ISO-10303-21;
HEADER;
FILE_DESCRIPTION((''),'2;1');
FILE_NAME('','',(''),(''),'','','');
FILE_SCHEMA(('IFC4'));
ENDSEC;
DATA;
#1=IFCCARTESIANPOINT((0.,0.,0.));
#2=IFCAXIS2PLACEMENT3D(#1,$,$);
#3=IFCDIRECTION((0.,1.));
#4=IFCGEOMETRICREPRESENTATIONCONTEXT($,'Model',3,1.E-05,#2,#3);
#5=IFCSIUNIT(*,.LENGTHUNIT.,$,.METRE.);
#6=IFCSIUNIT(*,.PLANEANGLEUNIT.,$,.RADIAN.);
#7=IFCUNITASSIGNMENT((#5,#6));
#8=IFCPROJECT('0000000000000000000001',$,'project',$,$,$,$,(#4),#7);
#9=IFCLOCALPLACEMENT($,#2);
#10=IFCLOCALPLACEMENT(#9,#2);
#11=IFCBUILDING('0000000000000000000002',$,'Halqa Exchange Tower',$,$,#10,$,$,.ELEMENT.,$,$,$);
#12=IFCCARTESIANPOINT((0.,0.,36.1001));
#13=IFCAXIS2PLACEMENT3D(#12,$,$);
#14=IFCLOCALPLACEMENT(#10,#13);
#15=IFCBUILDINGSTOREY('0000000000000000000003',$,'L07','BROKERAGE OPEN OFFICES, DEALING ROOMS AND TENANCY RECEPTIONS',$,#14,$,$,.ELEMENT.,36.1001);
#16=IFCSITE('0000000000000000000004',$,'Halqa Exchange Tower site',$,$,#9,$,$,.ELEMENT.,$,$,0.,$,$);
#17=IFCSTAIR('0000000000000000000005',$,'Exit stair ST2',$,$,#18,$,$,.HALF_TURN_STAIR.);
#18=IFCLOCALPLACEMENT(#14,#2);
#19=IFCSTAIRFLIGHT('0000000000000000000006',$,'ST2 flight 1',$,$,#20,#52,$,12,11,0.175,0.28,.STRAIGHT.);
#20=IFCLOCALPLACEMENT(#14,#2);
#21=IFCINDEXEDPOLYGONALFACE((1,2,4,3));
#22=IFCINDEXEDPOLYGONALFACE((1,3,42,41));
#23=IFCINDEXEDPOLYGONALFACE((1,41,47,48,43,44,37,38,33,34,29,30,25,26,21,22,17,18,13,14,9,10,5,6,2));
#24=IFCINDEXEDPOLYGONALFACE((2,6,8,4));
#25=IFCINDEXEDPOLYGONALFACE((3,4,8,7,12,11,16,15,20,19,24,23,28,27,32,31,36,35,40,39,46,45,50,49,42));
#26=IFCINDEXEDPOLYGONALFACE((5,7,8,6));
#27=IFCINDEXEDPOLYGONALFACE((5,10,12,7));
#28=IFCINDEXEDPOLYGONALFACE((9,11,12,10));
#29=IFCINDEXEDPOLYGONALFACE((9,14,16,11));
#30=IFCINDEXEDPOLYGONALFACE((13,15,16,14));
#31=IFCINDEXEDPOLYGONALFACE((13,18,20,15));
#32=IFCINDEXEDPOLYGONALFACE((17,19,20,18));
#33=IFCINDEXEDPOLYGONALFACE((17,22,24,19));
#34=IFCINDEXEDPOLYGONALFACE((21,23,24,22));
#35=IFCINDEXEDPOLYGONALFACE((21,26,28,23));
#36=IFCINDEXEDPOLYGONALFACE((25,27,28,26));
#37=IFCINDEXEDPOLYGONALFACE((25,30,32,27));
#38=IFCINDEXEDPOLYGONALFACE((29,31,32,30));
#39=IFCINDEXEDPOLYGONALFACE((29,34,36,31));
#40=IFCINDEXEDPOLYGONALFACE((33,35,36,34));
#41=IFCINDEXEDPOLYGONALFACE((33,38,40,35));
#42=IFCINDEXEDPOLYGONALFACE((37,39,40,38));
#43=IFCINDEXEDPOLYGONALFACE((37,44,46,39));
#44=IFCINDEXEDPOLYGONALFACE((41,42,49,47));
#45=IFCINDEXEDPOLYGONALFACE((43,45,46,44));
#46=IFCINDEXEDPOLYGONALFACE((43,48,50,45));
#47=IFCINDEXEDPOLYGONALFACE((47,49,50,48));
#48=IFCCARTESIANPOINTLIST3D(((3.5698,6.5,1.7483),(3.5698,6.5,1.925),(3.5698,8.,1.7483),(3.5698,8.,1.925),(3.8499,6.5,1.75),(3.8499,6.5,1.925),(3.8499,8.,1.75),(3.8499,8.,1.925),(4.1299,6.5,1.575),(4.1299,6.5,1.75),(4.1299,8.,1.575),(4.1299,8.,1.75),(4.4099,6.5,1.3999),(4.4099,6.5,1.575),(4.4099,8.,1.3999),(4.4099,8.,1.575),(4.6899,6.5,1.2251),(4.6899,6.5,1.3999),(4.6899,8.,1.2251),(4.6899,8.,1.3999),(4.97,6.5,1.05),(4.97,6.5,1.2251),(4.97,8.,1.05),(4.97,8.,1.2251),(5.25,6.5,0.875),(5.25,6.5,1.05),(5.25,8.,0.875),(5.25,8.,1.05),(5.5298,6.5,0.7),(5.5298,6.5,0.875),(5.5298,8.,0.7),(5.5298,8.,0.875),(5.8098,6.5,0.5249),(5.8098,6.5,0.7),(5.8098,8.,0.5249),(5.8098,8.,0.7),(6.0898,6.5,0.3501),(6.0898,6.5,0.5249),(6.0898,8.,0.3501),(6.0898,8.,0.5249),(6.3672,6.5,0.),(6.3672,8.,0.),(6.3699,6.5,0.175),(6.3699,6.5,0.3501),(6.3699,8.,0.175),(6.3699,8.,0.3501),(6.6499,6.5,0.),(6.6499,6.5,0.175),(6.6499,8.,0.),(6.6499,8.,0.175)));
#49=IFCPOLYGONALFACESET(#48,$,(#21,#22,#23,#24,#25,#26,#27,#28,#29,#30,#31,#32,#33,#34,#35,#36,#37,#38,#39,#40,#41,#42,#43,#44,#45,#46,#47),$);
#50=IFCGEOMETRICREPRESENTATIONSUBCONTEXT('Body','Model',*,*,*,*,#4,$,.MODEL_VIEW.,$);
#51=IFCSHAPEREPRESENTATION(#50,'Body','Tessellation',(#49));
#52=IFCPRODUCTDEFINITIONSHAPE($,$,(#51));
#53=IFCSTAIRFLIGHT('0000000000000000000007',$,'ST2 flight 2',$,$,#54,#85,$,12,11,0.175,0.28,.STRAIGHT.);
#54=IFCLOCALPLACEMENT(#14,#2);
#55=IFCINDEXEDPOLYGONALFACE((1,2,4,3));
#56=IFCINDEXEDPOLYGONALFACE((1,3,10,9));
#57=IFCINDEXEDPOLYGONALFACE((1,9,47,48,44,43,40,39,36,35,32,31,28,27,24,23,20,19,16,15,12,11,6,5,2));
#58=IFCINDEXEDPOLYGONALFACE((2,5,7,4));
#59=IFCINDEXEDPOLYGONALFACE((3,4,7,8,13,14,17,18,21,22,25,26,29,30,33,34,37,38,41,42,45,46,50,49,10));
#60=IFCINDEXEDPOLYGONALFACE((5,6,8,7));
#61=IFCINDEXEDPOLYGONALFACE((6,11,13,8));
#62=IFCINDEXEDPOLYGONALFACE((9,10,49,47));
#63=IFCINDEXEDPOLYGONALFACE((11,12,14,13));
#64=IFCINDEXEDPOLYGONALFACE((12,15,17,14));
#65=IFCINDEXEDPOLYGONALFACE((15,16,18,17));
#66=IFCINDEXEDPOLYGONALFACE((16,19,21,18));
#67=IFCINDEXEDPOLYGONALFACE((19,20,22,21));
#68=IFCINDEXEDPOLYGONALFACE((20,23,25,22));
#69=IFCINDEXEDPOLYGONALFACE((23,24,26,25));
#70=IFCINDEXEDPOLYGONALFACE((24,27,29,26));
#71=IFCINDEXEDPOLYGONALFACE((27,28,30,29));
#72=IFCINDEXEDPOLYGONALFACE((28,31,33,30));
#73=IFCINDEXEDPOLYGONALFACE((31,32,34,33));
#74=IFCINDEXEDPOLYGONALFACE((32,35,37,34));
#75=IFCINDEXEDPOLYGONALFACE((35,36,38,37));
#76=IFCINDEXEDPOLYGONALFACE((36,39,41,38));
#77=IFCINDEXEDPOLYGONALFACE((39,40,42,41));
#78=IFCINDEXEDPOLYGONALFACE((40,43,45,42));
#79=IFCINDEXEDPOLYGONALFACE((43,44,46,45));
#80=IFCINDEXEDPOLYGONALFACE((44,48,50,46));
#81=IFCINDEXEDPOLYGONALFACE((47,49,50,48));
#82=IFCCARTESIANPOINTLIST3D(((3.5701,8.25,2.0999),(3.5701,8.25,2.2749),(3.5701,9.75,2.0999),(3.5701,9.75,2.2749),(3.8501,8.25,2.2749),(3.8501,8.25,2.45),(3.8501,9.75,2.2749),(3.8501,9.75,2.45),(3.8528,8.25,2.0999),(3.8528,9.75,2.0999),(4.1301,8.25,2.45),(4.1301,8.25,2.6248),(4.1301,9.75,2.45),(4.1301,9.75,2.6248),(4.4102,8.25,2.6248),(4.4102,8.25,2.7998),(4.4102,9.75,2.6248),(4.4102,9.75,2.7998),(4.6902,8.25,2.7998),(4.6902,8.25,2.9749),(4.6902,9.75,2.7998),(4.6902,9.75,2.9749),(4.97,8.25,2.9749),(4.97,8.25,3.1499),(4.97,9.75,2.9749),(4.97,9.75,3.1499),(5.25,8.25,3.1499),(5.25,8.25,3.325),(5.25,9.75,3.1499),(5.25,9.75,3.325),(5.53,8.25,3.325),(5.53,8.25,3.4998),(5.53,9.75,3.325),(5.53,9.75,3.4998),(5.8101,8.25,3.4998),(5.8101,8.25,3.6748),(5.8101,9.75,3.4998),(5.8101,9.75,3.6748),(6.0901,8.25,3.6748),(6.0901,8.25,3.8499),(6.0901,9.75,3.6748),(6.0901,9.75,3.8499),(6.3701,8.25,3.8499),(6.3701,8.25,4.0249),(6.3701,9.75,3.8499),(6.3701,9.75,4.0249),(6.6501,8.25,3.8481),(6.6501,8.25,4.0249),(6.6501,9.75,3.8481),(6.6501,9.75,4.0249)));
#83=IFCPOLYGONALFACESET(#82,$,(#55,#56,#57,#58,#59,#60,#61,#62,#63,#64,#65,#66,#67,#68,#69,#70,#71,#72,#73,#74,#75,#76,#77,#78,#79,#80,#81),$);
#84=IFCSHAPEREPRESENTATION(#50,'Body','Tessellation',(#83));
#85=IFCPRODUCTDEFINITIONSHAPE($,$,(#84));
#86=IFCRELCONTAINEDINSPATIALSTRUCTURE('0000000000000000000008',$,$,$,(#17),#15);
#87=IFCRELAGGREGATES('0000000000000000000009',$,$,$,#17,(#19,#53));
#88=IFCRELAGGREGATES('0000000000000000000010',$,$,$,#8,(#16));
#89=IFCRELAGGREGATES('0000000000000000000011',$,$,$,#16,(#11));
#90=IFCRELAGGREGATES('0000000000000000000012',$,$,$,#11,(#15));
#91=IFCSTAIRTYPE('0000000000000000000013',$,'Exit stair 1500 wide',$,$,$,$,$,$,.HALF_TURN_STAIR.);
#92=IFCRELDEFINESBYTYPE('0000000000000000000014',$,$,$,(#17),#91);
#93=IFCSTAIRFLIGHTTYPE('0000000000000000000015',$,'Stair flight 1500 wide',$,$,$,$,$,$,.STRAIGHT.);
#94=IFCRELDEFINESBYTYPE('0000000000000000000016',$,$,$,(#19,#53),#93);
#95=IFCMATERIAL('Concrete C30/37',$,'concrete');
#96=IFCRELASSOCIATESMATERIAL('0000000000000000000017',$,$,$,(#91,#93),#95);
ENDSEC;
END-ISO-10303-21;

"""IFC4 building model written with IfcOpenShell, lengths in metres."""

from ifc_helpers import new_model, si_unit, direction, frame, origin, place, context, subcontext, project, spatial, polyline, outline, extrude, material, type_object, element, aggregate, save


model = new_model("IFC4")

# Units and contexts
model_context = context("Model", 3, precision=1e-05, world=origin(), true_north=direction((0.0, 1.0)))
body_context = subcontext(model_context, "Body", "Model", "MODEL_VIEW")
ifc_project = project(units=[si_unit("LENGTHUNIT", "METRE"), si_unit("PLANEANGLEUNIT", "RADIAN")], contexts=[model_context])

# Site, building, storey
site_placement = place(None, origin())
site = spatial("IfcSite", under=ifc_project, at=site_placement, Name="Halqa Exchange Tower site", CompositionType="ELEMENT", RefElevation=0.0)
building_placement = place(site_placement, origin())
building = spatial("IfcBuilding", under=site, at=building_placement, Name="Halqa Exchange Tower", CompositionType="ELEMENT")
storey_placement = place(building_placement, frame((0.0, 0.0, 36.1001)))
storey = spatial("IfcBuildingStorey", under=building, at=storey_placement, Name="L07", Description="BROKERAGE OPEN OFFICES, DEALING ROOMS AND TENANCY RECEPTIONS", CompositionType="ELEMENT", Elevation=36.1001)

# Stair
ifc_material_1 = material(Name="Concrete C30/37", Category="concrete")
stair_type = type_object("IfcStairType", Name="Exit stair 1500 wide", PredefinedType="HALF_TURN_STAIR", material=ifc_material_1)
stair_1_placement = place(storey_placement, origin())
stair_1 = element("IfcStair", 1, at=stair_1_placement, inside=storey, type_object=stair_type, Name="Exit stair ST2", PredefinedType="HALF_TURN_STAIR")

# Stair flights
stair_flight_type = type_object("IfcStairFlightType", Name="Stair flight 1500 wide", PredefinedType="STRAIGHT", material=ifc_material_1)
stair_flight_1_placement = place(storey_placement, frame((6.6499, 7.25, 0.0), z_axis=(0.0, 0.0, 1.0), x_axis=(-1.0, 0.0, 0.0)))
stair_flight_1 = element("IfcStairFlight", 2, at=stair_flight_1_placement, type_object=stair_flight_type, Name="ST2 flight 1", NumberOfRisers=12, NumberOfTreads=11, PredefinedType="STRAIGHT", RiserHeight=0.175, TreadLength=0.28, context=body_context, shape_type="SweptSolid", body=[
    extrude(outline(polyline([(0.0, 0.0), (0.0, 0.175), (0.28, 0.175), (0.28, 0.3501), (0.5601, 0.3501), (0.5601, 0.5249), (0.8401, 0.5249), (0.8401, 0.7), (1.1201, 0.7), (1.1201, 0.875), (1.3999, 0.875), (1.3999, 1.05), (1.6799, 1.05), (1.6799, 1.2251), (1.96, 1.2251), (1.96, 1.3999), (2.24, 1.3999), (2.24, 1.575), (2.52, 1.575), (2.52, 1.75), (2.8, 1.75), (2.8, 1.925), (3.0801, 1.925), (3.0801, 2.1001), (3.0801, 1.7483), (0.2827, 0.0), (0.0, 0.0)])), frame((0.0, 0.75, 0.0), z_axis=(0.0, -1.0, 0.0), x_axis=(1.0, 0.0, 0.0)), (0.0, 0.0, 1.0), 1.5),
])
stair_flight_2_placement = place(storey_placement, frame((3.5701, 9.0, 2.0999), z_axis=(0.0, 0.0, 1.0), x_axis=(1.0, 0.0, 0.0)))
stair_flight_2 = element("IfcStairFlight", 3, at=stair_flight_2_placement, type_object=stair_flight_type, Name="ST2 flight 2", NumberOfRisers=12, NumberOfTreads=11, PredefinedType="STRAIGHT", RiserHeight=0.175, TreadLength=0.28, context=body_context, shape_type="SweptSolid", body=[
    extrude(outline(polyline([(0.0, 0.0), (0.0, 0.175), (0.28, 0.175), (0.28, 0.3501), (0.5601, 0.3501), (0.5601, 0.5249), (0.8401, 0.5249), (0.8401, 0.7), (1.1201, 0.7), (1.1201, 0.875), (1.3999, 0.875), (1.3999, 1.05), (1.6799, 1.05), (1.6799, 1.2251), (1.96, 1.2251), (1.96, 1.3999), (2.24, 1.3999), (2.24, 1.575), (2.52, 1.575), (2.52, 1.75), (2.8, 1.75), (2.8, 1.925), (3.0801, 1.925), (3.0801, 2.1001), (3.0801, 1.7483), (0.2827, 0.0), (0.0, 0.0)])), frame((0.0, 0.75, 0.0), z_axis=(0.0, -1.0, 0.0), x_axis=(1.0, 0.0, 0.0)), (0.0, 0.0, 1.0), 1.5),
])
aggregate(stair_1, [stair_flight_1, stair_flight_2])

save(model, "model.ifc")
